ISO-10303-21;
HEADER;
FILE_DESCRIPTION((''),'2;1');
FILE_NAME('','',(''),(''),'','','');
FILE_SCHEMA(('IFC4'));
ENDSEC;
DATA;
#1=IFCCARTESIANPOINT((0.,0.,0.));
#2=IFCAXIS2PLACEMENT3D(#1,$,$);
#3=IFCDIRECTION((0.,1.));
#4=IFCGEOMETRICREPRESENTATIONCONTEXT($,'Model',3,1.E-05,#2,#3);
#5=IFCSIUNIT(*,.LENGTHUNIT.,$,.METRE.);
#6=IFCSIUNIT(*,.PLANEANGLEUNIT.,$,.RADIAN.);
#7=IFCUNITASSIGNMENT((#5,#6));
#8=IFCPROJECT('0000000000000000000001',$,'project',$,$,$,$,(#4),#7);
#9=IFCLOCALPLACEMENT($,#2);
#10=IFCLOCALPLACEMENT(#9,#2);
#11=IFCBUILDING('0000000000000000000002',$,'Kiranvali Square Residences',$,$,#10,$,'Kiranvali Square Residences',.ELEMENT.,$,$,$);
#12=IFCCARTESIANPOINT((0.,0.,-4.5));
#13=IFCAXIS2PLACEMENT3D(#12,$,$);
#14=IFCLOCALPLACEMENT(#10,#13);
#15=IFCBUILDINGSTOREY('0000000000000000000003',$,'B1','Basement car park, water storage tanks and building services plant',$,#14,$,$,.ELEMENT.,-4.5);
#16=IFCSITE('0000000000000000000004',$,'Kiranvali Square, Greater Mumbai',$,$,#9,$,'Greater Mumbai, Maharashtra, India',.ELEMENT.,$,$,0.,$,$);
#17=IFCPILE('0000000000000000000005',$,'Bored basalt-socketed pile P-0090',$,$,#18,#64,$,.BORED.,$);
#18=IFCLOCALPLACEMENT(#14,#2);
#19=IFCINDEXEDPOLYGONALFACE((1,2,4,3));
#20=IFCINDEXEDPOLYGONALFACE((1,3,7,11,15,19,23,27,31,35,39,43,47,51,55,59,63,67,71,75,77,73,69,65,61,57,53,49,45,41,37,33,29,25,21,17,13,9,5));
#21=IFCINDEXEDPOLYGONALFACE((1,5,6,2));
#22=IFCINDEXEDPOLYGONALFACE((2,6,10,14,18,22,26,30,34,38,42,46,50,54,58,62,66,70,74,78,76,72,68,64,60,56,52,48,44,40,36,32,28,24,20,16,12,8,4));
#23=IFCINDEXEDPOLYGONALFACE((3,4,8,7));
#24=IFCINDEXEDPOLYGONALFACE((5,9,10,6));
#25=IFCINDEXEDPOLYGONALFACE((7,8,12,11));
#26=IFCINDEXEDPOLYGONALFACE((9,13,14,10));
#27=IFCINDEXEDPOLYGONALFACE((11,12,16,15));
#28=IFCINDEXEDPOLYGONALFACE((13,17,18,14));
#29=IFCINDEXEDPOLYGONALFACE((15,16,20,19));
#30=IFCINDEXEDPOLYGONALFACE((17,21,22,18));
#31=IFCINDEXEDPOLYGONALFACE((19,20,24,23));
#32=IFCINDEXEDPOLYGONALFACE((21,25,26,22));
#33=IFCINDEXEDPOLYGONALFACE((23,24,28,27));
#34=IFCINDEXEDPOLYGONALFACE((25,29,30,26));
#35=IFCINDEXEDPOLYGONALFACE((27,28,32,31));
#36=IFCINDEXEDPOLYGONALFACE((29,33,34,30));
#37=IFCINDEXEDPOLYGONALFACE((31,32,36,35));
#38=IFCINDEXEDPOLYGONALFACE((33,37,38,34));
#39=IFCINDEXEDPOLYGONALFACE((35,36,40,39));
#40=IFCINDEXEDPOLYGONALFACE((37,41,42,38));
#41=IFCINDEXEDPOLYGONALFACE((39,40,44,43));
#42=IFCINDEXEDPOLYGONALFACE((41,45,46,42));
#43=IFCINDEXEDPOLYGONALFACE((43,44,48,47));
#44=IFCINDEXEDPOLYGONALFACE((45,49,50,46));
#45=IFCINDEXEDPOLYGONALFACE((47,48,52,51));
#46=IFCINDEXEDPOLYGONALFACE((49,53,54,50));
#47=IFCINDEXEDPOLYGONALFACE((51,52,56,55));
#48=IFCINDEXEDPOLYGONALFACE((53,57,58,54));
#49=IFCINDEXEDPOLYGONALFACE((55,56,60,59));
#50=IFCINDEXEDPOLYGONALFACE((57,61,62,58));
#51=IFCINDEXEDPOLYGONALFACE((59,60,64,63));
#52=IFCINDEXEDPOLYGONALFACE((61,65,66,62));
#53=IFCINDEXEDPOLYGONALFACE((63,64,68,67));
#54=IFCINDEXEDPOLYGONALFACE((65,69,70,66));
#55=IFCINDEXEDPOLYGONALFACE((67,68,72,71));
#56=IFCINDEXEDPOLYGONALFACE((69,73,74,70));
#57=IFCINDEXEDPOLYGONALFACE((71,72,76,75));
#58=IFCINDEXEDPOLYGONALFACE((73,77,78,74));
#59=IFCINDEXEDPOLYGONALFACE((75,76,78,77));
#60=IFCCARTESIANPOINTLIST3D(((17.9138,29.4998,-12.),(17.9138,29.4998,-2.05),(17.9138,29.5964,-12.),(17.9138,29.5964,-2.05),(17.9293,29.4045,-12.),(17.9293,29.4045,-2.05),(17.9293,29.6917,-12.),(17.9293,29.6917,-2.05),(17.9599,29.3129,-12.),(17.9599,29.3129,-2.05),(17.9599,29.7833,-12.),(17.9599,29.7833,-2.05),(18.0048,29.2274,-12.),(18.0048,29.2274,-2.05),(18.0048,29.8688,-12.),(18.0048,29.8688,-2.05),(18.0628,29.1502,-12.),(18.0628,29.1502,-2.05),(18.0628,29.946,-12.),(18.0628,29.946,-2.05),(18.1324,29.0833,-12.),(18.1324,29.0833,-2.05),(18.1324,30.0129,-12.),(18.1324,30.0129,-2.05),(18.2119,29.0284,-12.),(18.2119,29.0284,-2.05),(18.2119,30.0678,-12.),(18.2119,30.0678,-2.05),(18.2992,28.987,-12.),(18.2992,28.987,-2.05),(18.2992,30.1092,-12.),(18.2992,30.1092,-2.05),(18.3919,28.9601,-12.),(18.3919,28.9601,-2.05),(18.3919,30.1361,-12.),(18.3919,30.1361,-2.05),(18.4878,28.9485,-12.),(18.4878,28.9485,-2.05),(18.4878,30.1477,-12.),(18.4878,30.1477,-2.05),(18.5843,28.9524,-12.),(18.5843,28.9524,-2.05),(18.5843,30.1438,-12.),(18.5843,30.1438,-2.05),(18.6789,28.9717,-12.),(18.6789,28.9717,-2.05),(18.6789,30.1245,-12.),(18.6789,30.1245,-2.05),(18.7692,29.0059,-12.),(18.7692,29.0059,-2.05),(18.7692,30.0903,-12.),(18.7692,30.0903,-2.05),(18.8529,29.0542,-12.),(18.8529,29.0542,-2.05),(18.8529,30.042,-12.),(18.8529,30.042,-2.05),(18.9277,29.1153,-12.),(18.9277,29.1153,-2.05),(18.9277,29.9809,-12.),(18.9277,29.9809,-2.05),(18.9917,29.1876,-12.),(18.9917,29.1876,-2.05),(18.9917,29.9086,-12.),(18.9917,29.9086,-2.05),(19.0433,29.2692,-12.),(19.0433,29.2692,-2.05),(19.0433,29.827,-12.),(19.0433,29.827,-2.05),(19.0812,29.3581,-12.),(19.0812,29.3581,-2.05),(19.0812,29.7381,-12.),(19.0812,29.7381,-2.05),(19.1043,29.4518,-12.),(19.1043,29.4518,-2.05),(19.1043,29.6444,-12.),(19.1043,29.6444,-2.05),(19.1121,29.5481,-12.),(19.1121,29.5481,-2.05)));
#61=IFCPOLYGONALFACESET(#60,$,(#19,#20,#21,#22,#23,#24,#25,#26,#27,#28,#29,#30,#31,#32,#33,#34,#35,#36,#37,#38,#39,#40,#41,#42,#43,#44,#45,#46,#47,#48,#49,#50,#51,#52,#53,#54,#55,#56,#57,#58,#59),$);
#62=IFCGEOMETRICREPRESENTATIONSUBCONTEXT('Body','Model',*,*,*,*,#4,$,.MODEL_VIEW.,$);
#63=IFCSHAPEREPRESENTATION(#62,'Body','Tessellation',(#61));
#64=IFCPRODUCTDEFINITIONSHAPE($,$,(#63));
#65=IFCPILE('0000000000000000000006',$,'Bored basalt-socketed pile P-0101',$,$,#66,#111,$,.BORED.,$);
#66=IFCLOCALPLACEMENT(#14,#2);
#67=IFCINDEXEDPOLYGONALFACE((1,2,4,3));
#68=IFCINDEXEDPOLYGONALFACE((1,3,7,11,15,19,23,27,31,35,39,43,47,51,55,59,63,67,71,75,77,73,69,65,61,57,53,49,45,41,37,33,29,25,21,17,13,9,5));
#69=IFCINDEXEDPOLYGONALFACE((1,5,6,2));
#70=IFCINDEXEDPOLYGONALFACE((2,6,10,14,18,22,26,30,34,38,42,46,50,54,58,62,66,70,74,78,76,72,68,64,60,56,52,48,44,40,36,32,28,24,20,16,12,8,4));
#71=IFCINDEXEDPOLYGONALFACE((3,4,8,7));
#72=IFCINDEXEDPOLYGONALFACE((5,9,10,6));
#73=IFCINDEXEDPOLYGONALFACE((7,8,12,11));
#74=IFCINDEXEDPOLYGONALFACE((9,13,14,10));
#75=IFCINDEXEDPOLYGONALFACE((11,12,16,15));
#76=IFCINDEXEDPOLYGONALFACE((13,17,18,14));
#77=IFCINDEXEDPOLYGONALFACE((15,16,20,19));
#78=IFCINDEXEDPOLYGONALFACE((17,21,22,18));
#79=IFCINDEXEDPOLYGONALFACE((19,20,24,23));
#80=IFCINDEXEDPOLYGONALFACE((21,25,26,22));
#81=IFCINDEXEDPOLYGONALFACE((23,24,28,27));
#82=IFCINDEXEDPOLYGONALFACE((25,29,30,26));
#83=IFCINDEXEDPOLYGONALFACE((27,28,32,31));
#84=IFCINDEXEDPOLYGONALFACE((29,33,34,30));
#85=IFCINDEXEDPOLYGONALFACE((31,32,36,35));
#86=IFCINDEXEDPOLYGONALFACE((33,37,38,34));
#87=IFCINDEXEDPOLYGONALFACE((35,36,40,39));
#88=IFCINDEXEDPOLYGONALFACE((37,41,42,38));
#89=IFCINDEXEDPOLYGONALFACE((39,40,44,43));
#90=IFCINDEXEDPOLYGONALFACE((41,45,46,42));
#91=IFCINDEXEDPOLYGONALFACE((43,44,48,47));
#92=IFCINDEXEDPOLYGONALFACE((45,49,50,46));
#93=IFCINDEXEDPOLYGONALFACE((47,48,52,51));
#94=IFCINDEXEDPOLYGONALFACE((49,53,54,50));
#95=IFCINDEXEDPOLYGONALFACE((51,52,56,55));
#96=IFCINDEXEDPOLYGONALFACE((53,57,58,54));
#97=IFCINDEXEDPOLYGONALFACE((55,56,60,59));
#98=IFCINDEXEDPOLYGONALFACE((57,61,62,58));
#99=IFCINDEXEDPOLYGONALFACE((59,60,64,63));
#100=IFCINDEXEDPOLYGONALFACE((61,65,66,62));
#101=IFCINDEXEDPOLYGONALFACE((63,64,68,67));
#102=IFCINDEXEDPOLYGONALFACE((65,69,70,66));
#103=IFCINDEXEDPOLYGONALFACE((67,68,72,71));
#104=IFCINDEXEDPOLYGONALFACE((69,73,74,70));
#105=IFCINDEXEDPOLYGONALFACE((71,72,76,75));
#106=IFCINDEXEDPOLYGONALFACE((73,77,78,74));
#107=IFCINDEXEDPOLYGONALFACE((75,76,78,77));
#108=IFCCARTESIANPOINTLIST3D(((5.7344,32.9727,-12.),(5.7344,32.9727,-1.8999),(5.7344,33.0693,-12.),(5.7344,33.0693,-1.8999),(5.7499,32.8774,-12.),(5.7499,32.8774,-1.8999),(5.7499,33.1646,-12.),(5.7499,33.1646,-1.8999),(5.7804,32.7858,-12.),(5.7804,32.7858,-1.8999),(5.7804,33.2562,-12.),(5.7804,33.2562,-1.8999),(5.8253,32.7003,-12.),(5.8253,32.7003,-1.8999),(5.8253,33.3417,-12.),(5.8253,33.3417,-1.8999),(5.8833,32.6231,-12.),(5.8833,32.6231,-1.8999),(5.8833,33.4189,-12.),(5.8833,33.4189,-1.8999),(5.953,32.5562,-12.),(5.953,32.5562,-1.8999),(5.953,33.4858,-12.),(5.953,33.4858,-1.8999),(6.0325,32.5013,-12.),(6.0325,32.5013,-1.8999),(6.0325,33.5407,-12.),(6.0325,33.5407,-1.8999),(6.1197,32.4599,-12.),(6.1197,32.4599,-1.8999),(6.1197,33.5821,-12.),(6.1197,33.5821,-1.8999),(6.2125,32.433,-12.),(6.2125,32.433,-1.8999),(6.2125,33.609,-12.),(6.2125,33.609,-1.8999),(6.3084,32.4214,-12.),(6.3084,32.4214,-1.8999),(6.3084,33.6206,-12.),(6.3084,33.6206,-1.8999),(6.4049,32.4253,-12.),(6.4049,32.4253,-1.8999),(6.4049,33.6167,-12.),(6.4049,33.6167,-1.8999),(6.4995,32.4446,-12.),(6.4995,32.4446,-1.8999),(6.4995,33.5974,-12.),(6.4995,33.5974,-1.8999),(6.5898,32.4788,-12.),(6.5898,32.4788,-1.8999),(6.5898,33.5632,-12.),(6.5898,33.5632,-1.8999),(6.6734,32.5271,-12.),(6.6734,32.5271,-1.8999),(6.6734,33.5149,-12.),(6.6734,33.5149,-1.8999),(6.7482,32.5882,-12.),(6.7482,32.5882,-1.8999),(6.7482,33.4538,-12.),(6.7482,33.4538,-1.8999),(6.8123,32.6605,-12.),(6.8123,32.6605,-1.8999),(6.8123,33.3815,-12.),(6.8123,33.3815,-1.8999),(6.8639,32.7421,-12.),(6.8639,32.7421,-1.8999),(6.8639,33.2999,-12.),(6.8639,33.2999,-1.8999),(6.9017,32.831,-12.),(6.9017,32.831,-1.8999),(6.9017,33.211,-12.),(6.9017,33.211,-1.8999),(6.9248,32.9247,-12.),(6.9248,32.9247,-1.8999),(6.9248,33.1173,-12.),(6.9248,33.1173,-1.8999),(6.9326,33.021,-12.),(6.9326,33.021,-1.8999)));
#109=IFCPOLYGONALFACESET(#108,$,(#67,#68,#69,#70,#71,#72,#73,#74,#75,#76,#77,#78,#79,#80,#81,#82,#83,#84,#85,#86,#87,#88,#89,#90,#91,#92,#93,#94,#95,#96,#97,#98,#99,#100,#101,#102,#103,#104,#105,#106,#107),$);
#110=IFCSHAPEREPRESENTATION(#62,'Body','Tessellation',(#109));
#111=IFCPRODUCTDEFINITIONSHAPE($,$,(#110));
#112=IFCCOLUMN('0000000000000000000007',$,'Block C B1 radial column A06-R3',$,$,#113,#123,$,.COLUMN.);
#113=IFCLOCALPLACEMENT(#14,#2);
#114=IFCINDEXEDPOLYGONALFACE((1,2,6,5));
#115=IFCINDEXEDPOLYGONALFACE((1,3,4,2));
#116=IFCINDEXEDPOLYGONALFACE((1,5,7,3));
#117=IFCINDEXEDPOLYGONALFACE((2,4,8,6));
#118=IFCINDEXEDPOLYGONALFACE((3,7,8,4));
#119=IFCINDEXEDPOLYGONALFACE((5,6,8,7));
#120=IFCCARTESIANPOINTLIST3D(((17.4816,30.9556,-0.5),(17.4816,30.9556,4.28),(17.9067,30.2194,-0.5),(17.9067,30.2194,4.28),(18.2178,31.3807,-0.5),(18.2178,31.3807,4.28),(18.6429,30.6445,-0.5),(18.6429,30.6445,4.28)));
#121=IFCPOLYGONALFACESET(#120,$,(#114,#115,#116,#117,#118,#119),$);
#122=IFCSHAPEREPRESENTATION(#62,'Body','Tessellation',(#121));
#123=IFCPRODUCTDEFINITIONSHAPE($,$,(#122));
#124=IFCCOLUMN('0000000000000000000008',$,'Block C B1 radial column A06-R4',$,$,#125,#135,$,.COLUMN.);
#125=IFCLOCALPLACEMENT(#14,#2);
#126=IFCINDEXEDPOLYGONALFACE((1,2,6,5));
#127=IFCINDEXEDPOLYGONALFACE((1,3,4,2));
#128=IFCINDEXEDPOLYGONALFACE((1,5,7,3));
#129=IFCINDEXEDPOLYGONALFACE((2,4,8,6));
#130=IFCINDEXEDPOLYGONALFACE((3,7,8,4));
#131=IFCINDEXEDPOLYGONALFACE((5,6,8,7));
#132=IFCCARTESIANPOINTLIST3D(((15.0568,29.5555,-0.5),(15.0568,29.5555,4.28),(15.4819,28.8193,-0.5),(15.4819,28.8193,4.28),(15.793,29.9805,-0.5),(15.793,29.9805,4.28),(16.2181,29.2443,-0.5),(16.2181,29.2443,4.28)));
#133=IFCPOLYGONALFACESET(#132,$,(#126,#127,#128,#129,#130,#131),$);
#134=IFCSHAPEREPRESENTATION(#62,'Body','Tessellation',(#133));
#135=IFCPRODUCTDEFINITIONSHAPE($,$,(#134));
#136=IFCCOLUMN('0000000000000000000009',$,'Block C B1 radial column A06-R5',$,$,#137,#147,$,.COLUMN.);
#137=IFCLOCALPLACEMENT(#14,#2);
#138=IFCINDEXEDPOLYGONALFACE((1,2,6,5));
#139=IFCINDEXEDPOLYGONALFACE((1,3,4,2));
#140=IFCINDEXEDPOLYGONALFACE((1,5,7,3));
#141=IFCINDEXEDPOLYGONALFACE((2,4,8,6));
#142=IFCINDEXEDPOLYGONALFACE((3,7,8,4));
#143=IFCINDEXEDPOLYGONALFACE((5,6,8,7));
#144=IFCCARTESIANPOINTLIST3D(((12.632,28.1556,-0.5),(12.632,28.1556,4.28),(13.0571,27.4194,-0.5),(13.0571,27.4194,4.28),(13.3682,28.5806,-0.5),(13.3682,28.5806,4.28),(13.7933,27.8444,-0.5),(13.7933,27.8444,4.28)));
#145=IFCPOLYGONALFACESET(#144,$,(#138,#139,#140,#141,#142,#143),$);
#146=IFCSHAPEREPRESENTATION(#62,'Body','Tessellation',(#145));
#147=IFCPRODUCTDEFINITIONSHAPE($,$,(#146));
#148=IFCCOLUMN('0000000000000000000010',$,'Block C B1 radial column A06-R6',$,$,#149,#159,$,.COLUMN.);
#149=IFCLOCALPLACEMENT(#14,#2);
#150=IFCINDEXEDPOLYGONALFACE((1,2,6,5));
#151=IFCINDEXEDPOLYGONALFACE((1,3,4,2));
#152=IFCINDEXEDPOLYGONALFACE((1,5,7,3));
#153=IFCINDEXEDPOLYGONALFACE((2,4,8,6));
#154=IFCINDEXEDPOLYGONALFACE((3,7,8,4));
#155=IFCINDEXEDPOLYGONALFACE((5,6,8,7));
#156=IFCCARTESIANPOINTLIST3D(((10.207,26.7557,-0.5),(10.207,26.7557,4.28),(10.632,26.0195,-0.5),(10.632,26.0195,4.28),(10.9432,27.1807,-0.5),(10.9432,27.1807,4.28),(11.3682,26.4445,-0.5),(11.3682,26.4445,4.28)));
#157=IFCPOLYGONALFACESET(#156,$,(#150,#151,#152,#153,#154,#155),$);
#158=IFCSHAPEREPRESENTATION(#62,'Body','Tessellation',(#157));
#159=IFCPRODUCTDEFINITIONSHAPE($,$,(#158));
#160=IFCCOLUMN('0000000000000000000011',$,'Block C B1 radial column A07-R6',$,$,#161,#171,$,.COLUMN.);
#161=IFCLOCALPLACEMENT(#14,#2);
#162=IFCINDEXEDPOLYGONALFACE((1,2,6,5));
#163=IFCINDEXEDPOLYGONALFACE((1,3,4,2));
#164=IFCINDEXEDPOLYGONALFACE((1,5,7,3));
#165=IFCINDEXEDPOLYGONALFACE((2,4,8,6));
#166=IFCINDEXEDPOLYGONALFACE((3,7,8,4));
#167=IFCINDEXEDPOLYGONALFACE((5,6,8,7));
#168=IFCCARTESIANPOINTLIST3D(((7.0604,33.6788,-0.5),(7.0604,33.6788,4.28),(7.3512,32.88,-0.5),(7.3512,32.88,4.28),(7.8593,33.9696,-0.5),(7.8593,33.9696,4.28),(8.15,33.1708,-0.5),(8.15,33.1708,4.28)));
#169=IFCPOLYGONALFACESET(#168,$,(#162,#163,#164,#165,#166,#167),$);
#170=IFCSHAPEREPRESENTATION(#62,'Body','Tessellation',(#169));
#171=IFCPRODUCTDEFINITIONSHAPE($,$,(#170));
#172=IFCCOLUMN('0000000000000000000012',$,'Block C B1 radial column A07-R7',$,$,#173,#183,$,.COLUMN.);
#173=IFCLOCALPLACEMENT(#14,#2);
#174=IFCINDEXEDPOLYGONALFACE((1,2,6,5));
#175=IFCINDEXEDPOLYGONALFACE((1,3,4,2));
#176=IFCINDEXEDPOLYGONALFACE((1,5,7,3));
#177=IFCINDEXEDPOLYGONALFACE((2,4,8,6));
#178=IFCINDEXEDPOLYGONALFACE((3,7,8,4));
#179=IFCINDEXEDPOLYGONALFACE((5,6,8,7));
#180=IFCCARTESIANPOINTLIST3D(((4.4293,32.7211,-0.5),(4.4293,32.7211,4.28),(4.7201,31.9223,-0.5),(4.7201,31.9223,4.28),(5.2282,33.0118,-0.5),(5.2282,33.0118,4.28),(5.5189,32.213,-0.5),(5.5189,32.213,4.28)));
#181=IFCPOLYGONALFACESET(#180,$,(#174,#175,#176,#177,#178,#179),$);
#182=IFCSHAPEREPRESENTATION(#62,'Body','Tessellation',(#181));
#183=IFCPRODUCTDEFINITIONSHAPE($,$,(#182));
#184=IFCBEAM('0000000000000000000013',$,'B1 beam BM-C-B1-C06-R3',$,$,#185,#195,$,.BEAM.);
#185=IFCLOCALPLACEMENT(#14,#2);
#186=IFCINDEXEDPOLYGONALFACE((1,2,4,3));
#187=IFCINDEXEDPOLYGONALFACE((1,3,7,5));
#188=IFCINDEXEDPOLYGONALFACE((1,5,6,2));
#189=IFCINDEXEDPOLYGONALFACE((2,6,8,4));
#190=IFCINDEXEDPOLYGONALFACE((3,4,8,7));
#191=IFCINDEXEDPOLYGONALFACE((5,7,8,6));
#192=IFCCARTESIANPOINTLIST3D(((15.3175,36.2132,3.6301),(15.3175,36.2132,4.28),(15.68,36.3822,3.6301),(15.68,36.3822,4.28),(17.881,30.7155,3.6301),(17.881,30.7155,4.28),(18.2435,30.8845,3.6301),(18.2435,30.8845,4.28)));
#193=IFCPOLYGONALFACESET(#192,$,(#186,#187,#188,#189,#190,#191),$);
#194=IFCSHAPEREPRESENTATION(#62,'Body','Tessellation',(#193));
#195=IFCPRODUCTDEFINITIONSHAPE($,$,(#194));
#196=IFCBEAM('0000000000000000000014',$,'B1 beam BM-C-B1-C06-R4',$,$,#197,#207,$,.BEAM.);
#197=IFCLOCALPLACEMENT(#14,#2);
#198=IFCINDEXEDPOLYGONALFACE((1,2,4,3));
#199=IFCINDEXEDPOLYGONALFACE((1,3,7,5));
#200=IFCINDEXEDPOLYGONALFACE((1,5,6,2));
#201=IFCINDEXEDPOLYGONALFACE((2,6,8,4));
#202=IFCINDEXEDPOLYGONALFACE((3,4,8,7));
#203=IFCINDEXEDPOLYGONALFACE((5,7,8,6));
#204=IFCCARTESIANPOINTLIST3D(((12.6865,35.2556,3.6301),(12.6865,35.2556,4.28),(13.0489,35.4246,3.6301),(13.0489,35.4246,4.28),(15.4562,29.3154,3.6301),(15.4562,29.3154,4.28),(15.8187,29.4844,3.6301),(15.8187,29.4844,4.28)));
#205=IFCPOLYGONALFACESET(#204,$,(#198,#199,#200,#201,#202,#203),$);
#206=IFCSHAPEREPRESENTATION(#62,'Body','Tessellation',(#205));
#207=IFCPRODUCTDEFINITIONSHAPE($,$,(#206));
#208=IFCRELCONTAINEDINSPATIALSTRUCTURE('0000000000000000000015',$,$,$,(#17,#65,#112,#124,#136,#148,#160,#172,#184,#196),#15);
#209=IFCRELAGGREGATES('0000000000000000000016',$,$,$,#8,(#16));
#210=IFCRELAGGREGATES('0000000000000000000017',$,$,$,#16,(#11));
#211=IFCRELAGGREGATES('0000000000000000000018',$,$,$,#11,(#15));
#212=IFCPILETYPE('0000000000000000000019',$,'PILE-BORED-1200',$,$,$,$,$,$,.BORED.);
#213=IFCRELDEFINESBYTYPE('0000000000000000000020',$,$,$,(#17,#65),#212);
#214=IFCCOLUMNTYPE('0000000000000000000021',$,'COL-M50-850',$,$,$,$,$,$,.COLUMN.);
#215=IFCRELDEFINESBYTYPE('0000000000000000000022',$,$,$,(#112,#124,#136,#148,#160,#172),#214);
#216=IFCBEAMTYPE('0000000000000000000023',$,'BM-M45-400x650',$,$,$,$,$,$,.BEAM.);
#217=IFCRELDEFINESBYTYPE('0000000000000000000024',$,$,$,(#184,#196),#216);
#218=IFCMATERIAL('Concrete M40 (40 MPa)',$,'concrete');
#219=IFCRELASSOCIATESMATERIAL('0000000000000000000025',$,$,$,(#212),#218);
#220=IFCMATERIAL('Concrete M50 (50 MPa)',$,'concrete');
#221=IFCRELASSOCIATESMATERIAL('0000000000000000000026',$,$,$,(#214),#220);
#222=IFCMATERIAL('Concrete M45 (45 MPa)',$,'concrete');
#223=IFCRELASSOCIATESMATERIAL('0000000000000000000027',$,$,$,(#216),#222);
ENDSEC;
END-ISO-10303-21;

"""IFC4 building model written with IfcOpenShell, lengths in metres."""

from ifc_helpers import new_model, si_unit, direction, frame, origin, origin_2d, place, context, subcontext, project, spatial, rectangle, circle, extrude, material, material_profile, profile_set, type_object, element, save


model = new_model("IFC4")

# Units and contexts
model_context = context("Model", 3, precision=1e-05, world=origin(), true_north=direction((0.0, 1.0)))
body_context = subcontext(model_context, "Body", "Model", "MODEL_VIEW")
ifc_project = project(units=[si_unit("LENGTHUNIT", "METRE"), si_unit("PLANEANGLEUNIT", "RADIAN")], contexts=[model_context])

# Site, building, storey
site_placement = place(None, origin())
site = spatial("IfcSite", under=ifc_project, at=site_placement, Name="Kiranvali Square, Greater Mumbai", LongName="Greater Mumbai, Maharashtra, India", CompositionType="ELEMENT", RefElevation=0.0)
building_placement = place(site_placement, origin())
building = spatial("IfcBuilding", under=site, at=building_placement, Name="Kiranvali Square Residences", LongName="Kiranvali Square Residences", CompositionType="ELEMENT")
storey_placement = place(building_placement, frame((0.0, 0.0, -4.5)))
storey = spatial("IfcBuildingStorey", under=building, at=storey_placement, Name="B1", Description="Basement car park, water storage tanks and building services plant", CompositionType="ELEMENT", Elevation=-4.5)

# Shared definitions
ifc_material_1 = material(Name="Concrete M40 (40 MPa)", Category="concrete")

# Piles
ifc_material_profile_1 = material_profile(ifc_material_1, circle(Radius=0.6001, at=origin_2d()), Name="BORED PILE 1200")
ifc_profile_set_1 = profile_set([ifc_material_profile_1], Name="Concrete M40 (40 MPa)")
pile_type = type_object("IfcPileType", Name="PILE-BORED-1200", PredefinedType="BORED", material=ifc_profile_set_1)
for number, where, z_axis, x_axis, name in (
    (1, (18.512, 29.5481, -2.05), (0.0, 0.0, -1.0), (1.0, 0.0, 0.0), "Bored basalt-socketed pile P-0090"),
):
    element("IfcPile", number, at=place(storey_placement, frame(where, z_axis=z_axis, x_axis=x_axis)), inside=storey, type_object=pile_type, Name=name, PredefinedType="BORED", context=body_context, shape_type="SweptSolid", body=[
        extrude(circle(Radius=0.6001, at=origin_2d()), origin(), (0.0, 0.0, 1.0), 9.95),
    ])
pile_1_placement = place(storey_placement, frame((6.3325, 33.021, -1.8999), z_axis=(0.0, 0.0, -1.0), x_axis=(1.0, 0.0, 0.0)))
element("IfcPile", 2, at=pile_1_placement, inside=storey, type_object=pile_type, Name="Bored basalt-socketed pile P-0101", PredefinedType="BORED", context=body_context, shape_type="SweptSolid", body=[
    extrude(circle(Radius=0.6001, at=origin_2d()), origin(), (0.0, 0.0, 1.0), 10.1001),
])

# Columns
ifc_material_2 = material(Name="Concrete M50 (50 MPa)", Category="concrete")
ifc_material_profile_2 = material_profile(ifc_material_2, rectangle(XDim=0.8501, YDim=0.8501, at=origin_2d()), Name="RC 850x850")
ifc_profile_set_2 = profile_set([ifc_material_profile_2], Name="Concrete M50 (50 MPa)")
column_type = type_object("IfcColumnType", Name="COL-M50-850", PredefinedType="COLUMN", material=ifc_profile_set_2)
for number, where, z_axis, x_axis, name in (
    (3, (18.0623, 30.8, -0.5), (0.0, 0.0, 1.0), (-0.5, 0.866025, 0.0), "Block C B1 radial column A06-R3"),
    (4, (15.6375, 29.3999, -0.5), (0.0, 0.0, 1.0), (-0.5, 0.866025, 0.0), "Block C B1 radial column A06-R4"),
    (5, (13.2126, 28.0, -0.5), (0.0, 0.0, 1.0), (-0.5, 0.866025, 0.0), "Block C B1 radial column A06-R5"),
    (6, (10.7876, 26.6001, -0.5), (0.0, 0.0, 1.0), (-0.5, 0.866025, 0.0), "Block C B1 radial column A06-R6"),
    (7, (7.6052, 33.4248, -0.5), (0.0, 0.0, 1.0), (-0.34202, 0.939693, 0.0), "Block C B1 radial column A07-R6"),
    (8, (4.9741, 32.467, -0.5), (0.0, 0.0, 1.0), (-0.34202, 0.939693, 0.0), "Block C B1 radial column A07-R7"),
):
    element("IfcColumn", number, at=place(storey_placement, frame(where, z_axis=z_axis, x_axis=x_axis)), inside=storey, type_object=column_type, Name=name, PredefinedType="COLUMN", context=body_context, shape_type="SweptSolid", body=[
        extrude(rectangle(XDim=0.8501, YDim=0.8501, at=origin_2d()), origin(), (0.0, 0.0, 1.0), 4.78),
    ])

# Beams
ifc_material_3 = material(Name="Concrete M45 (45 MPa)", Category="concrete")
ifc_material_profile_3 = material_profile(ifc_material_3, rectangle(XDim=0.3999, YDim=0.6499, at=origin_2d()), Name="RC 400x650")
ifc_profile_set_3 = profile_set([ifc_material_profile_3], Name="Concrete M45 (45 MPa)")
beam_type = type_object("IfcBeamType", Name="BM-M45-400x650", PredefinedType="BEAM", material=ifc_profile_set_3)
beam_1_placement = place(storey_placement, frame((18.0623, 30.8, 3.9551), z_axis=(-0.422608, 0.906313, 0.0), x_axis=(-0.906313, -0.422608, 0.0)))
element("IfcBeam", 9, at=beam_1_placement, inside=storey, type_object=beam_type, Name="B1 beam BM-C-B1-C06-R3", PredefinedType="BEAM", context=body_context, shape_type="SweptSolid", body=[
    extrude(rectangle(XDim=0.3999, YDim=0.6499, at=origin_2d()), origin(), (0.0, 0.0, 1.0), 6.0659),
])
beam_2_placement = place(storey_placement, frame((15.6375, 29.3999, 3.9551), z_axis=(-0.422596, 0.906318, 0.0), x_axis=(-0.906318, -0.422596, 0.0)))
element("IfcBeam", 10, at=beam_2_placement, inside=storey, type_object=beam_type, Name="B1 beam BM-C-B1-C06-R4", PredefinedType="BEAM", context=body_context, shape_type="SweptSolid", body=[
    extrude(rectangle(XDim=0.3999, YDim=0.6499, at=origin_2d()), origin(), (0.0, 0.0, 1.0), 6.5542),
])

save(model, "model.ifc")
